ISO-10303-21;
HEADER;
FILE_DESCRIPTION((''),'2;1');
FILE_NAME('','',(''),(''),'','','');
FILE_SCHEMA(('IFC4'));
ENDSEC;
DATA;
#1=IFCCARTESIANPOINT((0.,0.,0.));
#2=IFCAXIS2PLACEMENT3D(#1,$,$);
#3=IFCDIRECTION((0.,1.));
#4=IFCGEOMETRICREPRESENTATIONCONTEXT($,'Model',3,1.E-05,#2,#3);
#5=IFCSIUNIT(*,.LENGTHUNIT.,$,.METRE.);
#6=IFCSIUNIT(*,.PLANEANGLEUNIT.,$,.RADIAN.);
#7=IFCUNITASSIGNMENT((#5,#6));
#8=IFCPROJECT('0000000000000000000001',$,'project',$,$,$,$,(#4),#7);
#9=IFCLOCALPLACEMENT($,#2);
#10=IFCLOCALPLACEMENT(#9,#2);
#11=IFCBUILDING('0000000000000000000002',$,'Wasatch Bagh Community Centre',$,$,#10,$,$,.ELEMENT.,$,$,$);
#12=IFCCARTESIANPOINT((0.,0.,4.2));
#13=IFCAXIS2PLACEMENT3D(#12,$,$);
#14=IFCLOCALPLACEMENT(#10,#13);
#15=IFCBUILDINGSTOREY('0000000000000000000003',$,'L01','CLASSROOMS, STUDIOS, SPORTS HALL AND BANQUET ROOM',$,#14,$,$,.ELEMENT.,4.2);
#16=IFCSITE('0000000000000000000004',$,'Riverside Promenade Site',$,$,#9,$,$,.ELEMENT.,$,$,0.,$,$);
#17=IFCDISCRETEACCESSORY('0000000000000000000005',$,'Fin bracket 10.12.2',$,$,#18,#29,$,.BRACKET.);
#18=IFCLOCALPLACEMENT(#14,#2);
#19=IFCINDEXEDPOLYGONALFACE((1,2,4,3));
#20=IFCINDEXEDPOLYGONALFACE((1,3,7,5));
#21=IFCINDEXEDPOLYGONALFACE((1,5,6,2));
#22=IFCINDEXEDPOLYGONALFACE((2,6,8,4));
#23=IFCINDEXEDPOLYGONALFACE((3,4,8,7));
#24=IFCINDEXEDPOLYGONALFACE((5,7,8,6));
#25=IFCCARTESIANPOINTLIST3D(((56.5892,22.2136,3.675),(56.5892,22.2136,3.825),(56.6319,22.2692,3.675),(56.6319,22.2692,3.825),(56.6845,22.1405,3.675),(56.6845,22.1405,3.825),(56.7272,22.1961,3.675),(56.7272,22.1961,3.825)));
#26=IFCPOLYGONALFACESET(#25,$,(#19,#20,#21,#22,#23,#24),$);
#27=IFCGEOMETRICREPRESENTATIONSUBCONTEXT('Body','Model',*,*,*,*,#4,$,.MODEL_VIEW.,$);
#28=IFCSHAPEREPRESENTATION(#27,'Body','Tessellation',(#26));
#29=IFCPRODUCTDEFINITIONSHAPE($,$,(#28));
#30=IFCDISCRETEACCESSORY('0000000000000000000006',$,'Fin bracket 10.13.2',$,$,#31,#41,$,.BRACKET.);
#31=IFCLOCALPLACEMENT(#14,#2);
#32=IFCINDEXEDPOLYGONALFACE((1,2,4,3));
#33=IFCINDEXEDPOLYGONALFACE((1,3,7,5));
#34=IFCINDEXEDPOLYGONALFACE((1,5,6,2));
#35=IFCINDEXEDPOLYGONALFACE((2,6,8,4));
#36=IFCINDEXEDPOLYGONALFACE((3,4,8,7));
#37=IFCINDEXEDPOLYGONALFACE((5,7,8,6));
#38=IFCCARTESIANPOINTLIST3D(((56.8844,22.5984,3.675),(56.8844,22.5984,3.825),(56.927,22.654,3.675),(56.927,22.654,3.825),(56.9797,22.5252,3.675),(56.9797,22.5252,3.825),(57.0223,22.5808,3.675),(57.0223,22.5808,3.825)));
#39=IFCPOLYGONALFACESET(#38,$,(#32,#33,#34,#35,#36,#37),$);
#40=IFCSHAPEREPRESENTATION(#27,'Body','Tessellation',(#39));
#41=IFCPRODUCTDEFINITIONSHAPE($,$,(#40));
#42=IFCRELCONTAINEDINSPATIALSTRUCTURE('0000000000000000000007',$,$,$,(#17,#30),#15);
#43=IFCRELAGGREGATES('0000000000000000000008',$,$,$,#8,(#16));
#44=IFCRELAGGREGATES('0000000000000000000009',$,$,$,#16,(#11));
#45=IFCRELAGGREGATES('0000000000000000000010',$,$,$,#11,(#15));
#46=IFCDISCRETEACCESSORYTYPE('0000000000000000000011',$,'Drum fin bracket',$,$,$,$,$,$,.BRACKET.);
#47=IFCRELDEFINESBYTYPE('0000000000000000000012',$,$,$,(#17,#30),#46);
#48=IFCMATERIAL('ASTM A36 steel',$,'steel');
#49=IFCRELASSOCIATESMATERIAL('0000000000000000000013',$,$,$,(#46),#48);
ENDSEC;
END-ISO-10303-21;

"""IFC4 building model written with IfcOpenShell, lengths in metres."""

from ifc_helpers import new_model, si_unit, direction, frame, origin, origin_2d, place, context, subcontext, project, spatial, rectangle, extrude, material, type_object, element, save


model = new_model("IFC4")

# Units and contexts
model_context = context("Model", 3, precision=1e-05, world=origin(), true_north=direction((0.0, 1.0)))
body_context = subcontext(model_context, "Body", "Model", "MODEL_VIEW")
ifc_project = project(units=[si_unit("LENGTHUNIT", "METRE"), si_unit("PLANEANGLEUNIT", "RADIAN")], contexts=[model_context])

# Site, building, storey
site_placement = place(None, origin())
site = spatial("IfcSite", under=ifc_project, at=site_placement, Name="Riverside Promenade Site", CompositionType="ELEMENT", RefElevation=0.0)
building_placement = place(site_placement, origin())
building = spatial("IfcBuilding", under=site, at=building_placement, Name="Wasatch Bagh Community Centre", CompositionType="ELEMENT")
storey_placement = place(building_placement, frame((0.0, 0.0, 4.2)))
storey = spatial("IfcBuildingStorey", under=building, at=storey_placement, Name="L01", Description="CLASSROOMS, STUDIOS, SPORTS HALL AND BANQUET ROOM", CompositionType="ELEMENT", Elevation=4.2)

# Discrete accessories
ifc_material_1 = material(Name="ASTM A36 steel", Category="steel")
discrete_accessory_type = type_object("IfcDiscreteAccessoryType", Name="Drum fin bracket", PredefinedType="BRACKET", material=ifc_material_1)
for number, where, z_axis, x_axis, name in (
    (1, (56.6582, 22.2048, 3.675), (0.0, 0.0, 1.0), (0.608761, 0.793353, 0.0), "Fin bracket 10.12.2"),
    (2, (56.9534, 22.5896, 3.675), (0.0, 0.0, 1.0), (0.608761, 0.793353, 0.0), "Fin bracket 10.13.2"),
):
    element("IfcDiscreteAccessory", number, at=place(storey_placement, frame(where, z_axis=z_axis, x_axis=x_axis)), inside=storey, type_object=discrete_accessory_type, Name=name, PredefinedType="BRACKET", context=body_context, shape_type="SweptSolid", body=[
        extrude(rectangle(XDim=0.0701, YDim=0.1201, at=origin_2d()), origin(), (0.0, 0.0, 1.0), 0.1499),
    ])

save(model, "model.ifc")
